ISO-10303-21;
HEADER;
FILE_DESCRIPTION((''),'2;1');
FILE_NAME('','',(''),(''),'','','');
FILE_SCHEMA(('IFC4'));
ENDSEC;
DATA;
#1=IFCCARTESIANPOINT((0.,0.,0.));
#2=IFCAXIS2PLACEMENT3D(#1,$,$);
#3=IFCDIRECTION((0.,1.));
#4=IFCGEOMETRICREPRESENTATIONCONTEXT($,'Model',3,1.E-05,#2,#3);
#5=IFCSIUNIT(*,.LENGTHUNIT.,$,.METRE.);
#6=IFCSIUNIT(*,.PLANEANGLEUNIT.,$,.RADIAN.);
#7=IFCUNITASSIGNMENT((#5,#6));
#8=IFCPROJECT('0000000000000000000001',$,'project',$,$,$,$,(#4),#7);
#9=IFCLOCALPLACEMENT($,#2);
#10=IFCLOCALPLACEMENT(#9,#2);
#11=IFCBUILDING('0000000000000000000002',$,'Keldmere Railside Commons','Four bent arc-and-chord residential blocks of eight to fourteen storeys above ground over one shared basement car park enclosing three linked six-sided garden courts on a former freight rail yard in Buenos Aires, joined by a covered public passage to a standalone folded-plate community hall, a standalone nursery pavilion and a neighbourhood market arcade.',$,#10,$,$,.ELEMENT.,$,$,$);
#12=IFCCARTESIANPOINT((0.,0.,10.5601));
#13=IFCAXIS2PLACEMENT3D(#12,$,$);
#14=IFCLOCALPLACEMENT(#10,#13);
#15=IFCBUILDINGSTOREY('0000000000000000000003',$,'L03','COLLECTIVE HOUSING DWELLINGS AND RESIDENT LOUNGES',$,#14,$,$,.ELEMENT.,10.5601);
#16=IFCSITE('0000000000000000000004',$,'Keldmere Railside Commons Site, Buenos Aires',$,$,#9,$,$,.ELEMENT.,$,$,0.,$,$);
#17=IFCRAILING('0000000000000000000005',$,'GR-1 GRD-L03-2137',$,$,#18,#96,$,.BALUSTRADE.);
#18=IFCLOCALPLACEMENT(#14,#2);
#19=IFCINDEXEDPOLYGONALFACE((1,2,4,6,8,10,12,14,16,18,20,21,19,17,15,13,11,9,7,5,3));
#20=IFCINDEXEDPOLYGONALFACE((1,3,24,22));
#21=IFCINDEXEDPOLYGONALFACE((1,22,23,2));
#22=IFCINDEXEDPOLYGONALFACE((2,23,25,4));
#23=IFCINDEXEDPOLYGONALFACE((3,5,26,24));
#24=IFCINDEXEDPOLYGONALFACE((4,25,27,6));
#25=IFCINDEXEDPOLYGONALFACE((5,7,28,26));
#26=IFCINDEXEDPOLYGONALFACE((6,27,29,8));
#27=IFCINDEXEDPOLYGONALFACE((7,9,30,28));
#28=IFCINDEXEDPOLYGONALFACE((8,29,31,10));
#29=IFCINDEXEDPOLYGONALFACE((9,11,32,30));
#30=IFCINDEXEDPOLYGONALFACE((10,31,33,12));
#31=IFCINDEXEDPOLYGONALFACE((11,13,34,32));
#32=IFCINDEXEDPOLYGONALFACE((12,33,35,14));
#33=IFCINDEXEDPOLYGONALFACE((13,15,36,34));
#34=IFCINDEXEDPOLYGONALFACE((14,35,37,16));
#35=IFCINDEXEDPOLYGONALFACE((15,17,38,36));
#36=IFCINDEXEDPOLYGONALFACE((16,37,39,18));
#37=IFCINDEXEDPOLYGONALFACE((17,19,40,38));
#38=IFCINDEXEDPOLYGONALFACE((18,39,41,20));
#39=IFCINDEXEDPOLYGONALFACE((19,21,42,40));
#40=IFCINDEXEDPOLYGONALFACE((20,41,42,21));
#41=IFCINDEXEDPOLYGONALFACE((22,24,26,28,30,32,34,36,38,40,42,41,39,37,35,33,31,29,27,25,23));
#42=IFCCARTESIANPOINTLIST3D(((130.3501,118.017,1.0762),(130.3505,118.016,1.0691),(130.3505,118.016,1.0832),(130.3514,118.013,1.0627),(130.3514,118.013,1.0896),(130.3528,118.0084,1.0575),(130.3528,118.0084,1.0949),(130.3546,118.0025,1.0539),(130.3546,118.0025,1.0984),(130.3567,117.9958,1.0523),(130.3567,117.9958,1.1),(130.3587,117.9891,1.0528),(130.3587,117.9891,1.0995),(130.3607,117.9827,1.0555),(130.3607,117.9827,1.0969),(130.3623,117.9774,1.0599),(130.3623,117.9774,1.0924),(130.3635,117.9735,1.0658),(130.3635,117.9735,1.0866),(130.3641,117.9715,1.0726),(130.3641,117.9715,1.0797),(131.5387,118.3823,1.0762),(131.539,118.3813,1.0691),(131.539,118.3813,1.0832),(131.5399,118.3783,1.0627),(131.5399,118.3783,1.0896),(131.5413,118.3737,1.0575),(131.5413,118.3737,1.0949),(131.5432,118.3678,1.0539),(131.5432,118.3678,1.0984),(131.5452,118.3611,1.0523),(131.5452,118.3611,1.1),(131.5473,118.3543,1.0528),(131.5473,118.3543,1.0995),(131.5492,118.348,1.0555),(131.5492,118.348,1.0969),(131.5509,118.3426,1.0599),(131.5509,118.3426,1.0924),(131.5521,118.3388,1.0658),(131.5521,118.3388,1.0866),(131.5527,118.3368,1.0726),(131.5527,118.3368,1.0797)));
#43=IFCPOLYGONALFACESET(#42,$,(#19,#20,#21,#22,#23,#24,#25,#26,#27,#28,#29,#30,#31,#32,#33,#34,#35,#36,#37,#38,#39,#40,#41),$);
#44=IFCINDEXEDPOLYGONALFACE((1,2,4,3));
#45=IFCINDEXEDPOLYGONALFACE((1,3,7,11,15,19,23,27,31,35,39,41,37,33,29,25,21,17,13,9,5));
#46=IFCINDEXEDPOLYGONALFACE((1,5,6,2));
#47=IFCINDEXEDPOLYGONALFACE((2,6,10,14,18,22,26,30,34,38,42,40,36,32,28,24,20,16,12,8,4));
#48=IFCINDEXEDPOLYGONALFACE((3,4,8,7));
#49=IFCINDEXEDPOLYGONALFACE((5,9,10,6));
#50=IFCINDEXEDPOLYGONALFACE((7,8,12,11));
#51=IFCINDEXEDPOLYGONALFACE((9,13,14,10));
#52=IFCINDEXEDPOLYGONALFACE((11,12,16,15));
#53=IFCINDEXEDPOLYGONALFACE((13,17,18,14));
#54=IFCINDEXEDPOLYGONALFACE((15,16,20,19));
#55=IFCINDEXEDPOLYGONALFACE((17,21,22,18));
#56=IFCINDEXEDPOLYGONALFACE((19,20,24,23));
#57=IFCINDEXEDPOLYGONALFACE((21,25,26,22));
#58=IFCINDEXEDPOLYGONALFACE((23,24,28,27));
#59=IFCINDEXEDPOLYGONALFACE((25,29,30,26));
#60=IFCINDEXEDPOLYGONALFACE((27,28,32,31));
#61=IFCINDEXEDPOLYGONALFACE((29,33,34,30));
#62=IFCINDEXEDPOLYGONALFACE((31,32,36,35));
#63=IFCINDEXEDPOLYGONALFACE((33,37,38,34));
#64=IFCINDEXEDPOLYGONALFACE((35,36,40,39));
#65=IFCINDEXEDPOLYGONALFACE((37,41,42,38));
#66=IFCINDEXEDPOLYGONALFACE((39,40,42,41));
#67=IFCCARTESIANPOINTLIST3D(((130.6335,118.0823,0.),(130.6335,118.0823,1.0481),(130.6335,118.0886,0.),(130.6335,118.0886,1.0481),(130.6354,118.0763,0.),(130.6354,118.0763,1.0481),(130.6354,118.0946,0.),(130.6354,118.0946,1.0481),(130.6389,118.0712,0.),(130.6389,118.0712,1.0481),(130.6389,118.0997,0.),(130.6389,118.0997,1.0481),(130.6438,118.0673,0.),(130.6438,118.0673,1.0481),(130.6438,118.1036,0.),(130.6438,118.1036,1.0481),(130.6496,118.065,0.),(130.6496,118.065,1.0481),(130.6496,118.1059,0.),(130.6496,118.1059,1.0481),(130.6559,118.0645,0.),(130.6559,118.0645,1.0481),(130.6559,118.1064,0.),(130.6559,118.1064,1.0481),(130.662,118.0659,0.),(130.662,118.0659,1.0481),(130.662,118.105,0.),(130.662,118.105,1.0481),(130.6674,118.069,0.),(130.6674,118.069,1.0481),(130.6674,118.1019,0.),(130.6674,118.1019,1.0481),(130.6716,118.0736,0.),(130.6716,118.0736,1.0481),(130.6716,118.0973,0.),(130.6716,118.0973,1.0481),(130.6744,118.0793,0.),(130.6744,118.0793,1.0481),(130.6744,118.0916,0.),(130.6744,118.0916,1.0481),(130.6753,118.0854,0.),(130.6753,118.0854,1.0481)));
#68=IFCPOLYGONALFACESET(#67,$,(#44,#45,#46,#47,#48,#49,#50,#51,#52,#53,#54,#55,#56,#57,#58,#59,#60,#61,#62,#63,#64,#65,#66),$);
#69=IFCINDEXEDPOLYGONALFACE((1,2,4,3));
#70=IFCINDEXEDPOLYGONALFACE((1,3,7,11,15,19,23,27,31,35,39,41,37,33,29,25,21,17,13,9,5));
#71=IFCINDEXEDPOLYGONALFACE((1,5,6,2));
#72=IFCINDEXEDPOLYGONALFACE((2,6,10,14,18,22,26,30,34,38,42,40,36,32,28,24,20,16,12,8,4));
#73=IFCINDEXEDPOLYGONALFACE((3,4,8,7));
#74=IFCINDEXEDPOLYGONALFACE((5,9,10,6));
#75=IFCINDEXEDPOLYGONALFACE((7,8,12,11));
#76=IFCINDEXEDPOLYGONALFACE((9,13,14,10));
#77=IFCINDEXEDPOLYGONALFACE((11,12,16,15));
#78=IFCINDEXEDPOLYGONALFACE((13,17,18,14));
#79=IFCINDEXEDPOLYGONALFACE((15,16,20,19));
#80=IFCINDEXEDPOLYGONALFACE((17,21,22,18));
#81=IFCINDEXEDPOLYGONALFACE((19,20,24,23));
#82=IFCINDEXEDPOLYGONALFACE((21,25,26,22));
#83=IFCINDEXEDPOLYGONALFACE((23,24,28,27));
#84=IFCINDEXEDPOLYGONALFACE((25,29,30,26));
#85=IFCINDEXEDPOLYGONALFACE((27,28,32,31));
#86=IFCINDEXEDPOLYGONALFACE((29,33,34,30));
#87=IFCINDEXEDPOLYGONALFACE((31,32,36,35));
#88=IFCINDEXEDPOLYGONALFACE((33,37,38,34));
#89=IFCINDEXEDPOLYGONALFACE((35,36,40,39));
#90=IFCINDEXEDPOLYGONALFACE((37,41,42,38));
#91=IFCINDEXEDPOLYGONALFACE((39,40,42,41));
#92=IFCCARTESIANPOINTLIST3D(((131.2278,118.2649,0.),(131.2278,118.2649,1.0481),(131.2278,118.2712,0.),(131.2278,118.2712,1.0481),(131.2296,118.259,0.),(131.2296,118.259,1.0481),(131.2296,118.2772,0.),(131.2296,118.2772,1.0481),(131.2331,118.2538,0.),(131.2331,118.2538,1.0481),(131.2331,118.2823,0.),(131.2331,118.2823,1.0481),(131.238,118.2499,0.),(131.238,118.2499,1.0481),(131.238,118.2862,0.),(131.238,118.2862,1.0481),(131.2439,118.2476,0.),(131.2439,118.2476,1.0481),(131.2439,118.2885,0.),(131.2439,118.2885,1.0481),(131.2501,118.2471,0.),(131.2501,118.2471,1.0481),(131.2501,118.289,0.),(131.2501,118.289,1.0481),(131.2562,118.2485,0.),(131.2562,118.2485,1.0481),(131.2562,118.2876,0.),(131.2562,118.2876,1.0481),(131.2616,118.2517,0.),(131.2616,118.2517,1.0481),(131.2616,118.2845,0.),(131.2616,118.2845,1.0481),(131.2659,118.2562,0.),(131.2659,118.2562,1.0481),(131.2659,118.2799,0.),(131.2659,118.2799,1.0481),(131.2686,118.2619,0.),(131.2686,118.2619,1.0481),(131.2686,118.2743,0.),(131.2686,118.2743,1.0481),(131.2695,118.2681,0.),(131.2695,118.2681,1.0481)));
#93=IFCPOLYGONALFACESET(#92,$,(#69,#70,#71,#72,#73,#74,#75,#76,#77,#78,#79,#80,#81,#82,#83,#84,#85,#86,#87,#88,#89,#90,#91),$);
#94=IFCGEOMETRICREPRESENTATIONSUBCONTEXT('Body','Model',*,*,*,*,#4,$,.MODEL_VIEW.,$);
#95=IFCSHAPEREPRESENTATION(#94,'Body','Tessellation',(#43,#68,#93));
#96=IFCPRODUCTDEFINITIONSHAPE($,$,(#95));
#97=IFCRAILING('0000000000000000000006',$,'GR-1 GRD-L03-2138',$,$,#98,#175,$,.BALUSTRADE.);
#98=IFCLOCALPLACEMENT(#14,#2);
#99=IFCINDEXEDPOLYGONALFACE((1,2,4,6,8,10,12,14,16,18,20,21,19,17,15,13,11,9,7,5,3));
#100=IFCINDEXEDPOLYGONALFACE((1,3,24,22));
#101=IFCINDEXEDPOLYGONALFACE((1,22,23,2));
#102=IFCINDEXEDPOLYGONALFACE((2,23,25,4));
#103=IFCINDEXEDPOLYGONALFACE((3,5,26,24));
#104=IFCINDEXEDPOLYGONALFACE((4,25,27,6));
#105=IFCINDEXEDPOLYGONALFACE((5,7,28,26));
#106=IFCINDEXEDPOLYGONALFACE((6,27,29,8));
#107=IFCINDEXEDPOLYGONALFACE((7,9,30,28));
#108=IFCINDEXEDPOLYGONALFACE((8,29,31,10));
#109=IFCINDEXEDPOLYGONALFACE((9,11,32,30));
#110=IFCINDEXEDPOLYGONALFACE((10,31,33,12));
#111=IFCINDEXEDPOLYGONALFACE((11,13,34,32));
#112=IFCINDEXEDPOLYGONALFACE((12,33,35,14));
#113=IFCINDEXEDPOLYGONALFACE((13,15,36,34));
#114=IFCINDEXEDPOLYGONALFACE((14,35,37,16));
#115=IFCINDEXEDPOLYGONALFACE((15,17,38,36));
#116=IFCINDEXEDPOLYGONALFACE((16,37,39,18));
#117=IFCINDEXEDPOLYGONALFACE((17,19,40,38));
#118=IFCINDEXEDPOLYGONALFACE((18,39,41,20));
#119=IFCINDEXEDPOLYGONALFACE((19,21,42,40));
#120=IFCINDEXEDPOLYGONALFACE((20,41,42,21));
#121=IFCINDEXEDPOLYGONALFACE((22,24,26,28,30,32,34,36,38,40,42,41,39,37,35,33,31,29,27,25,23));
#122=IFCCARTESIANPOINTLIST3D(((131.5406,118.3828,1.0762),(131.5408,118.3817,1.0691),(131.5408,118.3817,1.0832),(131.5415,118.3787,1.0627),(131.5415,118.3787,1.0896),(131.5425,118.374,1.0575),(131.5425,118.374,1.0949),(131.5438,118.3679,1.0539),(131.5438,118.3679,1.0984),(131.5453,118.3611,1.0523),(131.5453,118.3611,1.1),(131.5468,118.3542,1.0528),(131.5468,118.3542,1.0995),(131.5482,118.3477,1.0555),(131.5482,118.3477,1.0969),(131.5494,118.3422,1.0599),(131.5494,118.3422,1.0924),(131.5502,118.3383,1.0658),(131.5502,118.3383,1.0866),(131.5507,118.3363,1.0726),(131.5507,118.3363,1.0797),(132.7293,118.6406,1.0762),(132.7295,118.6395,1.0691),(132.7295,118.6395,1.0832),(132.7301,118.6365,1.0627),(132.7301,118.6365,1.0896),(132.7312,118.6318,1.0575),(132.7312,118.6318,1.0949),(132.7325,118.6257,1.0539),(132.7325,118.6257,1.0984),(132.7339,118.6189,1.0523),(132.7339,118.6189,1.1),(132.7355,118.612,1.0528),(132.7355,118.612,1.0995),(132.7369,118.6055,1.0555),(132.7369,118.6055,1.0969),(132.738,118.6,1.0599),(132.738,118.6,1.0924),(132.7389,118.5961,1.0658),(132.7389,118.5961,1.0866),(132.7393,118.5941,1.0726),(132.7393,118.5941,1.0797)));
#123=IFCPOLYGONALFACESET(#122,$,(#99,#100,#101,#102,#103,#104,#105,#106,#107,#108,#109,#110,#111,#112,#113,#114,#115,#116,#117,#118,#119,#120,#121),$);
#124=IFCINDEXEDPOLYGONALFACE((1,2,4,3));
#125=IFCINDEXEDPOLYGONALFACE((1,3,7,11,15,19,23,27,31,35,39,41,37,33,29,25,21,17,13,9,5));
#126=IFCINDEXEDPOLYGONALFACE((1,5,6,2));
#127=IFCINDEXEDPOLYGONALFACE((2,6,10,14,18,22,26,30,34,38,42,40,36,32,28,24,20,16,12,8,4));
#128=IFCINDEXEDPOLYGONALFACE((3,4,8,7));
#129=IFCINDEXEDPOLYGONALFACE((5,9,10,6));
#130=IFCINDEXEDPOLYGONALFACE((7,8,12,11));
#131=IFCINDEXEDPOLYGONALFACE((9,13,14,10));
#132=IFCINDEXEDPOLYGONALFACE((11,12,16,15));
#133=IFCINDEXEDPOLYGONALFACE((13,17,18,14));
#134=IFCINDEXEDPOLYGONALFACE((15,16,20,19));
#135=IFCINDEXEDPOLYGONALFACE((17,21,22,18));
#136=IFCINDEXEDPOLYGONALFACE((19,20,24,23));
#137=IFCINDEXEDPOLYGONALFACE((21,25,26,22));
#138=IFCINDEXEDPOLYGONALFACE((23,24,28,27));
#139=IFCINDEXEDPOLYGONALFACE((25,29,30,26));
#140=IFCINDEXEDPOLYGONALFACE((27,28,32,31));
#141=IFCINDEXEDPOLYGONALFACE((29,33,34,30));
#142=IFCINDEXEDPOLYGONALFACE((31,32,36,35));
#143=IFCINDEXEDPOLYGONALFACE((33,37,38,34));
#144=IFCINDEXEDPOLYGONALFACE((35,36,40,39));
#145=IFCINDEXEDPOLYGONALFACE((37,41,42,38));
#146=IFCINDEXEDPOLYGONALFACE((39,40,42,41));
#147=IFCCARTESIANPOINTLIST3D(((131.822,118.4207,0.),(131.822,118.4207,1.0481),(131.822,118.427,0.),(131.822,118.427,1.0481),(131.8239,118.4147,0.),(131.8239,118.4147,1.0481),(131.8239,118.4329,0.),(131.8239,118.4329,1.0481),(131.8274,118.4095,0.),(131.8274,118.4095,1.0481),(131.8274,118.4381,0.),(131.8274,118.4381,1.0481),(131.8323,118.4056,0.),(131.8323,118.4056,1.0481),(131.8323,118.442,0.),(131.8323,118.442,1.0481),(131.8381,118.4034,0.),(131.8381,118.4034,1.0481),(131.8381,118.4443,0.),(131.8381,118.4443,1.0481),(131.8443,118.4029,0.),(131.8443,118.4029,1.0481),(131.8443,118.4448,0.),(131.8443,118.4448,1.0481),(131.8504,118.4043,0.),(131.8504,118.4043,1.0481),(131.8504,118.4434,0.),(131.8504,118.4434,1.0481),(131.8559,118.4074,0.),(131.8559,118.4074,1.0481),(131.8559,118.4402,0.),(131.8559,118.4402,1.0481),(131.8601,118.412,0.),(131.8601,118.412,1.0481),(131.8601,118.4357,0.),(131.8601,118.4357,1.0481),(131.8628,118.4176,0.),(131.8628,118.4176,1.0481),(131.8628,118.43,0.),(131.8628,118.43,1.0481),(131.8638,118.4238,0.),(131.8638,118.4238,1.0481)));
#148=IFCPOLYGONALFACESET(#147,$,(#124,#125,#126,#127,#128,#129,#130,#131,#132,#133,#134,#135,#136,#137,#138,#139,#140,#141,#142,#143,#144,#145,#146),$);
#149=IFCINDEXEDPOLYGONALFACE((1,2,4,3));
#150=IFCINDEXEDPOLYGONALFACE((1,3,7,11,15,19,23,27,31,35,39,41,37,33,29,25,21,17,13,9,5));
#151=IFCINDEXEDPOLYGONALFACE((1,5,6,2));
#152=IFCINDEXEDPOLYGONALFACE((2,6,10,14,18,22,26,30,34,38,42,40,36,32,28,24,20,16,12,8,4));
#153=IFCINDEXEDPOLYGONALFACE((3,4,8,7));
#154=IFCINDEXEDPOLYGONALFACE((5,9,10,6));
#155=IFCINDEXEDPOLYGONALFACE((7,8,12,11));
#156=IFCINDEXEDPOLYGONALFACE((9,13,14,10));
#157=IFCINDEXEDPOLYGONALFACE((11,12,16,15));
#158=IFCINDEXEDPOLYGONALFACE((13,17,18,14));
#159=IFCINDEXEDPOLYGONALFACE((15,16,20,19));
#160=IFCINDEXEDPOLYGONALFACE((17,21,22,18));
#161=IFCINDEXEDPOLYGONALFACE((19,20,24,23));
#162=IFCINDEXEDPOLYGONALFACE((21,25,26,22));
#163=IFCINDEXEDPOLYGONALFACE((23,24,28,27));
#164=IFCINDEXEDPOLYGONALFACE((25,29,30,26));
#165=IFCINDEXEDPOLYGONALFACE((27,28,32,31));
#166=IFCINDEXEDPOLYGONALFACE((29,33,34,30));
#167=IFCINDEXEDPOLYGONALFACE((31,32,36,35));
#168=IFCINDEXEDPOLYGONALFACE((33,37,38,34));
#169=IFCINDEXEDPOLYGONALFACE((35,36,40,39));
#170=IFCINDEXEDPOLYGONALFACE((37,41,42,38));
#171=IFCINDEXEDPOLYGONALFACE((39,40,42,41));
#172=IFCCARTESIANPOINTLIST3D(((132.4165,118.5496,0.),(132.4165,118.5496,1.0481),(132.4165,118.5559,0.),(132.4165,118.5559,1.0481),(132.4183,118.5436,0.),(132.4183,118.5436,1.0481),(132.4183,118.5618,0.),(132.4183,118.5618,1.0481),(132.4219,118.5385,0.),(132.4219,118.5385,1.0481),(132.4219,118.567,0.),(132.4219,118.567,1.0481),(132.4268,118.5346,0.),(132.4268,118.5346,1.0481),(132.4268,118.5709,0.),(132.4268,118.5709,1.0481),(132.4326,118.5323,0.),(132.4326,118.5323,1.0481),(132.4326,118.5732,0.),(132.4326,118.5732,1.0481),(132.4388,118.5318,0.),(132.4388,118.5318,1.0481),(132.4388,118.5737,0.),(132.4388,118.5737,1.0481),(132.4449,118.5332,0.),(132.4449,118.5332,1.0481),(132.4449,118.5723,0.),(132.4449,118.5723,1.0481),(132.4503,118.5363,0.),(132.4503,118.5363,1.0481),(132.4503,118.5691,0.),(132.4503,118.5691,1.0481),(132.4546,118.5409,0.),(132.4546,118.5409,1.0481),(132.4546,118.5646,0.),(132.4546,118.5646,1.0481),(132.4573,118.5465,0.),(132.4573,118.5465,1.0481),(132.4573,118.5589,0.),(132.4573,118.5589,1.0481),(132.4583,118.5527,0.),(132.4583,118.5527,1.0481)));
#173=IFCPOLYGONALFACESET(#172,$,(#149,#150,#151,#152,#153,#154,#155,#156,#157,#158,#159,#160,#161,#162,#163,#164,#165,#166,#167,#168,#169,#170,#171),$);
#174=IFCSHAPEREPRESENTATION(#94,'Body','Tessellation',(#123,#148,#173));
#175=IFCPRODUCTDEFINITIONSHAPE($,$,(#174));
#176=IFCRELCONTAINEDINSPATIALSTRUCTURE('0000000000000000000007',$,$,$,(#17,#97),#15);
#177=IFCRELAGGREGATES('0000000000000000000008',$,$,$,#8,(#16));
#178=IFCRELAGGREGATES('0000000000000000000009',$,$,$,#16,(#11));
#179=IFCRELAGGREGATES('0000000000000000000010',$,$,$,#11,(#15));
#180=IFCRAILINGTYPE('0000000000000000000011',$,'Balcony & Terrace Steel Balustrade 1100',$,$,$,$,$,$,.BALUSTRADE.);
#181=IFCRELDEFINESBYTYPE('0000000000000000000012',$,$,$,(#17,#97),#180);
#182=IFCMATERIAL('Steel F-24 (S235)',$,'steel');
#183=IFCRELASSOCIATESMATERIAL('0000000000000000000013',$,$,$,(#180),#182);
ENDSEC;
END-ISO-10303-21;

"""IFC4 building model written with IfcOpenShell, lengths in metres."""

from ifc_helpers import new_model, si_unit, direction, frame, origin, origin_2d, place, context, subcontext, project, spatial, circle, extrude, material, type_object, element, save


model = new_model("IFC4")

# Units and contexts
model_context = context("Model", 3, precision=1e-05, world=origin(), true_north=direction((0.0, 1.0)))
body_context = subcontext(model_context, "Body", "Model", "MODEL_VIEW")
ifc_project = project(units=[si_unit("LENGTHUNIT", "METRE"), si_unit("PLANEANGLEUNIT", "RADIAN")], contexts=[model_context])

# Site, building, storey
site_placement = place(None, origin())
site = spatial("IfcSite", under=ifc_project, at=site_placement, Name="Keldmere Railside Commons Site, Buenos Aires", CompositionType="ELEMENT", RefElevation=0.0)
building_placement = place(site_placement, origin())
building = spatial("IfcBuilding", under=site, at=building_placement, Name="Keldmere Railside Commons", Description="Four bent arc-and-chord residential blocks of eight to fourteen storeys above ground over one shared basement car park enclosing three linked six-sided garden courts on a former freight rail yard in Buenos Aires, joined by a covered public passage to a standalone folded-plate community hall, a standalone nursery pavilion and a neighbourhood market arcade.", CompositionType="ELEMENT")
storey_placement = place(building_placement, frame((0.0, 0.0, 10.5601)))
storey = spatial("IfcBuildingStorey", under=building, at=storey_placement, Name="L03", Description="COLLECTIVE HOUSING DWELLINGS AND RESIDENT LOUNGES", CompositionType="ELEMENT", Elevation=10.5601)

# Railings
ifc_material_1 = material(Name="Steel F-24 (S235)", Category="steel")
railing_type_1 = type_object("IfcRailingType", Name="Balcony & Terrace Steel Balustrade 1100", PredefinedType="BALUSTRADE", material=ifc_material_1)
railing_1_placement = place(storey_placement, frame((130.3572, 117.9941, 0.0)))
element("IfcRailing", 1, at=railing_1_placement, inside=storey, type_object=railing_type_1, Name="GR-1 GRD-L03-2137", PredefinedType="BALUSTRADE", context=body_context, shape_type="SweptSolid", body=[
    extrude(circle(Radius=0.0239, at=origin_2d()), frame((0.0, 0.0, 1.0762), z_axis=(0.955881, 0.293755, 0.0), x_axis=(-0.293755, 0.955881, 0.0)), (0.0, 0.0, 1.0), 1.2434),
    extrude(circle(Radius=0.021, at=origin_2d()), frame((0.2971, 0.0913, 0.0)), (0.0, 0.0, 1.0), 1.0481),
    extrude(circle(Radius=0.021, at=origin_2d()), frame((0.8914, 0.2739, 0.0)), (0.0, 0.0, 1.0), 1.0481),
])
railing_2_placement = place(storey_placement, frame((131.5457, 118.3594, 0.0)))
element("IfcRailing", 2, at=railing_2_placement, inside=storey, type_object=railing_type_1, Name="GR-1 GRD-L03-2138", PredefinedType="BALUSTRADE", context=body_context, shape_type="SweptSolid", body=[
    extrude(circle(Radius=0.0239, at=origin_2d()), frame((0.0, 0.0, 1.0762), z_axis=(0.97728, 0.211955, 0.0), x_axis=(-0.211955, 0.97728, 0.0)), (0.0, 0.0, 1.0), 1.2163),
    extrude(circle(Radius=0.021, at=origin_2d()), frame((0.2971, 0.0645, 0.0)), (0.0, 0.0, 1.0), 1.0481),
    extrude(circle(Radius=0.021, at=origin_2d()), frame((0.8916, 0.1934, 0.0)), (0.0, 0.0, 1.0), 1.0481),
])

save(model, "model.ifc")
